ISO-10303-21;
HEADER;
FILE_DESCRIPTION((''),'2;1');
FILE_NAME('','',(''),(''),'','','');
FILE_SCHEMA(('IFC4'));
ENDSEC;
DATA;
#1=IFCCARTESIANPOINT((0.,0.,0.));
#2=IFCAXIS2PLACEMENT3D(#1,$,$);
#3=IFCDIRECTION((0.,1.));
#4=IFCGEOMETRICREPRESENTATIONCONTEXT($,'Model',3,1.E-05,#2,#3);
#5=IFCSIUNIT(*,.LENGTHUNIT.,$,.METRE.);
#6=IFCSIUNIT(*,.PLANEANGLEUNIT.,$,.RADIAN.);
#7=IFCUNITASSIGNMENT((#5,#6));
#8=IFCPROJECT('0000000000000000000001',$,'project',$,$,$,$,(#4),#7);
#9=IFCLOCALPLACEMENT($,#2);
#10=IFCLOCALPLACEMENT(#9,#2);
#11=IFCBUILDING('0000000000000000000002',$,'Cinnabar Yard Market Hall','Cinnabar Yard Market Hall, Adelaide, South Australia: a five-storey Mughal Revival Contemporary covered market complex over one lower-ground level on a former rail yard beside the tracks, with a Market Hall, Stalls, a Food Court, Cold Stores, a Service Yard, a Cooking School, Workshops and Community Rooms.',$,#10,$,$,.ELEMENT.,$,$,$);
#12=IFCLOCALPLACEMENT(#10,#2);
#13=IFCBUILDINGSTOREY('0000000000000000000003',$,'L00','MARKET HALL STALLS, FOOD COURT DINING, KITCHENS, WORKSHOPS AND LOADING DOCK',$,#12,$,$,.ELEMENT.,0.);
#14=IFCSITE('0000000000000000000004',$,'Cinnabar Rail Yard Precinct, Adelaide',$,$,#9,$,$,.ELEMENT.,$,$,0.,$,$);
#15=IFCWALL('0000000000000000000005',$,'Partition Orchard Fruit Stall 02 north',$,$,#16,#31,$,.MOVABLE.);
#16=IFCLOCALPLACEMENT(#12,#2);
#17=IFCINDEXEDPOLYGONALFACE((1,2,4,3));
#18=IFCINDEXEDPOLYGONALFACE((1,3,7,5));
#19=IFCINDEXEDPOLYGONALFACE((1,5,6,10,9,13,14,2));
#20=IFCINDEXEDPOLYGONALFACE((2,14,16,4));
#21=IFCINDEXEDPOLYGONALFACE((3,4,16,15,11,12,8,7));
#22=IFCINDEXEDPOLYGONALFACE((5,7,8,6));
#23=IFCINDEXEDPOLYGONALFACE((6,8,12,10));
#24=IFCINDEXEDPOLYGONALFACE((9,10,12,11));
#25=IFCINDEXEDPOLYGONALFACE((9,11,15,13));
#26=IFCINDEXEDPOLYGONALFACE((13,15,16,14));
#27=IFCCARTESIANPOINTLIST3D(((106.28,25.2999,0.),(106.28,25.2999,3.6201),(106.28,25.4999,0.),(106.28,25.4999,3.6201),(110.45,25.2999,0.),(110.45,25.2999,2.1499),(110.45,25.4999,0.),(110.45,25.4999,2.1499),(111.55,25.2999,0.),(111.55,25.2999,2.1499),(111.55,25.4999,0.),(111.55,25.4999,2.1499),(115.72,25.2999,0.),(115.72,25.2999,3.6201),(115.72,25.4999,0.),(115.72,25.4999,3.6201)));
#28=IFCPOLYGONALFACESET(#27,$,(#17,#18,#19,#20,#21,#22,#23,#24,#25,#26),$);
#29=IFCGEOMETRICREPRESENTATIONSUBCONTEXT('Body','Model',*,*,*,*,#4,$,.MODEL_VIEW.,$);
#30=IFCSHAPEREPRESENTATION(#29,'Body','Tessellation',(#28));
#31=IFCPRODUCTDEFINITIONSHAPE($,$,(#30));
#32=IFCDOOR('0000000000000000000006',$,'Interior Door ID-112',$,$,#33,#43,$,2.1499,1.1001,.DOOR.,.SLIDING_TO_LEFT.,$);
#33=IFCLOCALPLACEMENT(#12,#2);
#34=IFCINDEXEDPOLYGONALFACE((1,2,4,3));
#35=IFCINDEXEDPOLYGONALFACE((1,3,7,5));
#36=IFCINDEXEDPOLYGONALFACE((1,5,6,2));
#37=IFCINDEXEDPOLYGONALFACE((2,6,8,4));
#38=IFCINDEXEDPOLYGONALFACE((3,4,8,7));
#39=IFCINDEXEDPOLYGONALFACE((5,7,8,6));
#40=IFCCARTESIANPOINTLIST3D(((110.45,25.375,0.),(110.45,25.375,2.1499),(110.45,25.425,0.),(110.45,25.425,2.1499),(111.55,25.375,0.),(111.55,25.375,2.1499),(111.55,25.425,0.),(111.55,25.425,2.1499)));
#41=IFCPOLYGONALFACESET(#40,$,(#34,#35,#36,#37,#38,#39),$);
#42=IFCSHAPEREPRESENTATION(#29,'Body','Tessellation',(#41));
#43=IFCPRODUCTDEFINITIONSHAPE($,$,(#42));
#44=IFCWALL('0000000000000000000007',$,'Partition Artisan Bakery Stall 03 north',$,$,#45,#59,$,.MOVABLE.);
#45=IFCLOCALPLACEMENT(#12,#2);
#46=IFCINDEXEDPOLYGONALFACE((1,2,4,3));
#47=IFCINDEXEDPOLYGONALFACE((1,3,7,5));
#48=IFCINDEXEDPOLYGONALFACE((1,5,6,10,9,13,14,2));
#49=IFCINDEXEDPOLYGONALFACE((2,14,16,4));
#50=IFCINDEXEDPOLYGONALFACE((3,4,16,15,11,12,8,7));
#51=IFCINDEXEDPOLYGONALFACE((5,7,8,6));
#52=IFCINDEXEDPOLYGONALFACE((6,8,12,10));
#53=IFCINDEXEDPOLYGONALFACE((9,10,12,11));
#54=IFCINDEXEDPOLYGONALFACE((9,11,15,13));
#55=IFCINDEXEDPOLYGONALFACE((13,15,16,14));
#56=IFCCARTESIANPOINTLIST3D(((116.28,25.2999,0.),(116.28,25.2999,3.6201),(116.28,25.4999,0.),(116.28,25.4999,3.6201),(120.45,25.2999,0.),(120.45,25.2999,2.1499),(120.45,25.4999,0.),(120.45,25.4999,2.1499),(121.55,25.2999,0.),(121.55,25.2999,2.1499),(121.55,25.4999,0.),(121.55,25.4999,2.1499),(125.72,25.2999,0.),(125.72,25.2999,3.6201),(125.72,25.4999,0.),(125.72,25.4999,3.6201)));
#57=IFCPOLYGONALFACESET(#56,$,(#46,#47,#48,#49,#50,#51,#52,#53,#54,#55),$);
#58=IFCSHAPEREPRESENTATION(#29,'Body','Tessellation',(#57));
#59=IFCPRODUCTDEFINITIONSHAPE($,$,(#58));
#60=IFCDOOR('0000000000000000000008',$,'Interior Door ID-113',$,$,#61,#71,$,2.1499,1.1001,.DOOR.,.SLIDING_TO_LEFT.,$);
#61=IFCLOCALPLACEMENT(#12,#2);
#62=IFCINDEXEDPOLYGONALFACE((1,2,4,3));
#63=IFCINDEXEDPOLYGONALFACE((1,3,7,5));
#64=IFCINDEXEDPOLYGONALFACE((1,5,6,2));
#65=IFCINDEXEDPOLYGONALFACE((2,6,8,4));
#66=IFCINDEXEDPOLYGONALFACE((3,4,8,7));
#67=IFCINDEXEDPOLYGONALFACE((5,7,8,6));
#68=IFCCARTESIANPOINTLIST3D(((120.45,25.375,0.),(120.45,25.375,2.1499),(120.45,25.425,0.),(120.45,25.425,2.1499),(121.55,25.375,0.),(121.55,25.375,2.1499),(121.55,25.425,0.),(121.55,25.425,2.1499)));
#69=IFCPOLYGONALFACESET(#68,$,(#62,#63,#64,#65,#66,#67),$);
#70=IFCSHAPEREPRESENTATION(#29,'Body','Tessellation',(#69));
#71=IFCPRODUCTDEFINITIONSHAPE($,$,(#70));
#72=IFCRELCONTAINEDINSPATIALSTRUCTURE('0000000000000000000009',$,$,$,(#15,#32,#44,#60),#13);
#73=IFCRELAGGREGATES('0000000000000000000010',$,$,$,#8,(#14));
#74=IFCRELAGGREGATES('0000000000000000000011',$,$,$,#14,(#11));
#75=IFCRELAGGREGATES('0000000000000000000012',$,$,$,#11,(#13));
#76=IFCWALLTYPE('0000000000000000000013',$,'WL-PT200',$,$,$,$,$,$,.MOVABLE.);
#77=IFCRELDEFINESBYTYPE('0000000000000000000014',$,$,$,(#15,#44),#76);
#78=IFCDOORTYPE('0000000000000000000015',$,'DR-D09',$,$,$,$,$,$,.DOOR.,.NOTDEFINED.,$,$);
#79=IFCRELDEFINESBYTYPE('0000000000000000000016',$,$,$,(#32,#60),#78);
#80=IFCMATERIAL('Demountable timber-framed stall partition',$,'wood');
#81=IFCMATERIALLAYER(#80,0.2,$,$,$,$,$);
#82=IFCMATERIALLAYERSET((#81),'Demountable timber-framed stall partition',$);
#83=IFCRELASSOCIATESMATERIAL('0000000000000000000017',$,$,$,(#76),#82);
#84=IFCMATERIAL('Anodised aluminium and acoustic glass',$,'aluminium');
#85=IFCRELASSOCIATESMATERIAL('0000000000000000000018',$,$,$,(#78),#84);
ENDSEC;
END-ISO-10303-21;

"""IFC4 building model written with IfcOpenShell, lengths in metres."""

from ifc_helpers import new_model, si_unit, direction, frame, frame_2d, origin, place, context, subcontext, project, spatial, rectangle, extrude, material, layer, layer_set, type_object, element, fill, save


model = new_model("IFC4")

# Units and contexts
model_context = context("Model", 3, precision=1e-05, world=origin(), true_north=direction((0.0, 1.0)))
body_context = subcontext(model_context, "Body", "Model", "MODEL_VIEW")
ifc_project = project(units=[si_unit("LENGTHUNIT", "METRE"), si_unit("PLANEANGLEUNIT", "RADIAN")], contexts=[model_context])

# Site, building, storey
site_placement = place(None, origin())
site = spatial("IfcSite", under=ifc_project, at=site_placement, Name="Cinnabar Rail Yard Precinct, Adelaide", CompositionType="ELEMENT", RefElevation=0.0)
building_placement = place(site_placement, origin())
building = spatial("IfcBuilding", under=site, at=building_placement, Name="Cinnabar Yard Market Hall", Description="Cinnabar Yard Market Hall, Adelaide, South Australia: a five-storey Mughal Revival Contemporary covered market complex over one lower-ground level on a former rail yard beside the tracks, with a Market Hall, Stalls, a Food Court, Cold Stores, a Service Yard, a Cooking School, Workshops and Community Rooms.", CompositionType="ELEMENT")
storey_placement = place(building_placement, origin())
storey = spatial("IfcBuildingStorey", under=building, at=storey_placement, Name="L00", Description="MARKET HALL STALLS, FOOD COURT DINING, KITCHENS, WORKSHOPS AND LOADING DOCK", CompositionType="ELEMENT", Elevation=0.0)

# Walls, openings, doors
ifc_material_1 = material(Name="Demountable timber-framed stall partition", Category="wood")
ifc_layer = layer(ifc_material_1, 0.2)
ifc_layer_set = layer_set([ifc_layer], Name="Demountable timber-framed stall partition")
wall_type = type_object("IfcWallType", Name="WL-PT200", PredefinedType="MOVABLE", material=ifc_layer_set)
ifc_material_2 = material(Name="Anodised aluminium and acoustic glass", Category="aluminium")
door_type = type_object("IfcDoorType", Name="DR-D09", OperationType="NOTDEFINED", PredefinedType="DOOR", material=ifc_material_2)
wall_1_placement = place(storey_placement, frame((115.72, 25.3999, 0.0), z_axis=(0.0, 0.0, 1.0), x_axis=(-1.0, 0.0, 0.0)))
wall_1 = element("IfcWall", 1, at=wall_1_placement, inside=storey, type_object=wall_type, Name="Partition Orchard Fruit Stall 02 north", PredefinedType="MOVABLE", context=body_context, shape_type="SweptSolid", body=[
    extrude(rectangle(XDim=9.4399, YDim=0.2, at=frame_2d((4.72, 0.0), x_axis=(1.0, 0.0))), origin(), (0.0, 0.0, 1.0), 3.6201),
])
opening_1_placement = place(wall_1_placement, frame((4.1699, 0.0, 0.0)))
opening_1 = element("IfcOpeningElement", 2, at=opening_1_placement, cuts=wall_1, PredefinedType="OPENING", context=body_context, shape_type="SweptSolid", body=[
    extrude(rectangle(XDim=1.1001, YDim=2.1499, at=frame_2d((0.55, 1.075), x_axis=(1.0, 0.0))), frame((0.0, 0.1099, 0.0), z_axis=(0.0, -1.0, 0.0), x_axis=(1.0, 0.0, 0.0)), (0.0, 0.0, 1.0), 0.22),
])
door_1_placement = place(opening_1_placement, origin())
door_1 = element("IfcDoor", 3, at=door_1_placement, inside=storey, type_object=door_type, Name="Interior Door ID-112", OperationType="SLIDING_TO_LEFT", OverallHeight=2.1499, OverallWidth=1.1001, PredefinedType="DOOR", context=body_context, shape_type="SweptSolid", body=[
    extrude(rectangle(XDim=1.1001, YDim=2.1499, at=frame_2d((0.55, 1.075), x_axis=(1.0, 0.0))), frame((0.0, 0.0249, 0.0), z_axis=(0.0, -1.0, 0.0), x_axis=(1.0, 0.0, 0.0)), (0.0, 0.0, 1.0), 0.05),
])
fill(opening_1, door_1)
wall_2_placement = place(storey_placement, frame((125.72, 25.3999, 0.0), z_axis=(0.0, 0.0, 1.0), x_axis=(-1.0, 0.0, 0.0)))
wall_2 = element("IfcWall", 4, at=wall_2_placement, inside=storey, type_object=wall_type, Name="Partition Artisan Bakery Stall 03 north", PredefinedType="MOVABLE", context=body_context, shape_type="SweptSolid", body=[
    extrude(rectangle(XDim=9.4399, YDim=0.2, at=frame_2d((4.72, 0.0), x_axis=(1.0, 0.0))), origin(), (0.0, 0.0, 1.0), 3.6201),
])
opening_2_placement = place(wall_2_placement, frame((4.1699, 0.0, 0.0)))
opening_2 = element("IfcOpeningElement", 5, at=opening_2_placement, cuts=wall_2, PredefinedType="OPENING", context=body_context, shape_type="SweptSolid", body=[
    extrude(rectangle(XDim=1.1001, YDim=2.1499, at=frame_2d((0.55, 1.075), x_axis=(1.0, 0.0))), frame((0.0, 0.1099, 0.0), z_axis=(0.0, -1.0, 0.0), x_axis=(1.0, 0.0, 0.0)), (0.0, 0.0, 1.0), 0.22),
])
door_2_placement = place(opening_2_placement, origin())
door_2 = element("IfcDoor", 6, at=door_2_placement, inside=storey, type_object=door_type, Name="Interior Door ID-113", OperationType="SLIDING_TO_LEFT", OverallHeight=2.1499, OverallWidth=1.1001, PredefinedType="DOOR", context=body_context, shape_type="SweptSolid", body=[
    extrude(rectangle(XDim=1.1001, YDim=2.1499, at=frame_2d((0.55, 1.075), x_axis=(1.0, 0.0))), frame((0.0, 0.0249, 0.0), z_axis=(0.0, -1.0, 0.0), x_axis=(1.0, 0.0, 0.0)), (0.0, 0.0, 1.0), 0.05),
])
fill(opening_2, door_2)

save(model, "model.ifc")
